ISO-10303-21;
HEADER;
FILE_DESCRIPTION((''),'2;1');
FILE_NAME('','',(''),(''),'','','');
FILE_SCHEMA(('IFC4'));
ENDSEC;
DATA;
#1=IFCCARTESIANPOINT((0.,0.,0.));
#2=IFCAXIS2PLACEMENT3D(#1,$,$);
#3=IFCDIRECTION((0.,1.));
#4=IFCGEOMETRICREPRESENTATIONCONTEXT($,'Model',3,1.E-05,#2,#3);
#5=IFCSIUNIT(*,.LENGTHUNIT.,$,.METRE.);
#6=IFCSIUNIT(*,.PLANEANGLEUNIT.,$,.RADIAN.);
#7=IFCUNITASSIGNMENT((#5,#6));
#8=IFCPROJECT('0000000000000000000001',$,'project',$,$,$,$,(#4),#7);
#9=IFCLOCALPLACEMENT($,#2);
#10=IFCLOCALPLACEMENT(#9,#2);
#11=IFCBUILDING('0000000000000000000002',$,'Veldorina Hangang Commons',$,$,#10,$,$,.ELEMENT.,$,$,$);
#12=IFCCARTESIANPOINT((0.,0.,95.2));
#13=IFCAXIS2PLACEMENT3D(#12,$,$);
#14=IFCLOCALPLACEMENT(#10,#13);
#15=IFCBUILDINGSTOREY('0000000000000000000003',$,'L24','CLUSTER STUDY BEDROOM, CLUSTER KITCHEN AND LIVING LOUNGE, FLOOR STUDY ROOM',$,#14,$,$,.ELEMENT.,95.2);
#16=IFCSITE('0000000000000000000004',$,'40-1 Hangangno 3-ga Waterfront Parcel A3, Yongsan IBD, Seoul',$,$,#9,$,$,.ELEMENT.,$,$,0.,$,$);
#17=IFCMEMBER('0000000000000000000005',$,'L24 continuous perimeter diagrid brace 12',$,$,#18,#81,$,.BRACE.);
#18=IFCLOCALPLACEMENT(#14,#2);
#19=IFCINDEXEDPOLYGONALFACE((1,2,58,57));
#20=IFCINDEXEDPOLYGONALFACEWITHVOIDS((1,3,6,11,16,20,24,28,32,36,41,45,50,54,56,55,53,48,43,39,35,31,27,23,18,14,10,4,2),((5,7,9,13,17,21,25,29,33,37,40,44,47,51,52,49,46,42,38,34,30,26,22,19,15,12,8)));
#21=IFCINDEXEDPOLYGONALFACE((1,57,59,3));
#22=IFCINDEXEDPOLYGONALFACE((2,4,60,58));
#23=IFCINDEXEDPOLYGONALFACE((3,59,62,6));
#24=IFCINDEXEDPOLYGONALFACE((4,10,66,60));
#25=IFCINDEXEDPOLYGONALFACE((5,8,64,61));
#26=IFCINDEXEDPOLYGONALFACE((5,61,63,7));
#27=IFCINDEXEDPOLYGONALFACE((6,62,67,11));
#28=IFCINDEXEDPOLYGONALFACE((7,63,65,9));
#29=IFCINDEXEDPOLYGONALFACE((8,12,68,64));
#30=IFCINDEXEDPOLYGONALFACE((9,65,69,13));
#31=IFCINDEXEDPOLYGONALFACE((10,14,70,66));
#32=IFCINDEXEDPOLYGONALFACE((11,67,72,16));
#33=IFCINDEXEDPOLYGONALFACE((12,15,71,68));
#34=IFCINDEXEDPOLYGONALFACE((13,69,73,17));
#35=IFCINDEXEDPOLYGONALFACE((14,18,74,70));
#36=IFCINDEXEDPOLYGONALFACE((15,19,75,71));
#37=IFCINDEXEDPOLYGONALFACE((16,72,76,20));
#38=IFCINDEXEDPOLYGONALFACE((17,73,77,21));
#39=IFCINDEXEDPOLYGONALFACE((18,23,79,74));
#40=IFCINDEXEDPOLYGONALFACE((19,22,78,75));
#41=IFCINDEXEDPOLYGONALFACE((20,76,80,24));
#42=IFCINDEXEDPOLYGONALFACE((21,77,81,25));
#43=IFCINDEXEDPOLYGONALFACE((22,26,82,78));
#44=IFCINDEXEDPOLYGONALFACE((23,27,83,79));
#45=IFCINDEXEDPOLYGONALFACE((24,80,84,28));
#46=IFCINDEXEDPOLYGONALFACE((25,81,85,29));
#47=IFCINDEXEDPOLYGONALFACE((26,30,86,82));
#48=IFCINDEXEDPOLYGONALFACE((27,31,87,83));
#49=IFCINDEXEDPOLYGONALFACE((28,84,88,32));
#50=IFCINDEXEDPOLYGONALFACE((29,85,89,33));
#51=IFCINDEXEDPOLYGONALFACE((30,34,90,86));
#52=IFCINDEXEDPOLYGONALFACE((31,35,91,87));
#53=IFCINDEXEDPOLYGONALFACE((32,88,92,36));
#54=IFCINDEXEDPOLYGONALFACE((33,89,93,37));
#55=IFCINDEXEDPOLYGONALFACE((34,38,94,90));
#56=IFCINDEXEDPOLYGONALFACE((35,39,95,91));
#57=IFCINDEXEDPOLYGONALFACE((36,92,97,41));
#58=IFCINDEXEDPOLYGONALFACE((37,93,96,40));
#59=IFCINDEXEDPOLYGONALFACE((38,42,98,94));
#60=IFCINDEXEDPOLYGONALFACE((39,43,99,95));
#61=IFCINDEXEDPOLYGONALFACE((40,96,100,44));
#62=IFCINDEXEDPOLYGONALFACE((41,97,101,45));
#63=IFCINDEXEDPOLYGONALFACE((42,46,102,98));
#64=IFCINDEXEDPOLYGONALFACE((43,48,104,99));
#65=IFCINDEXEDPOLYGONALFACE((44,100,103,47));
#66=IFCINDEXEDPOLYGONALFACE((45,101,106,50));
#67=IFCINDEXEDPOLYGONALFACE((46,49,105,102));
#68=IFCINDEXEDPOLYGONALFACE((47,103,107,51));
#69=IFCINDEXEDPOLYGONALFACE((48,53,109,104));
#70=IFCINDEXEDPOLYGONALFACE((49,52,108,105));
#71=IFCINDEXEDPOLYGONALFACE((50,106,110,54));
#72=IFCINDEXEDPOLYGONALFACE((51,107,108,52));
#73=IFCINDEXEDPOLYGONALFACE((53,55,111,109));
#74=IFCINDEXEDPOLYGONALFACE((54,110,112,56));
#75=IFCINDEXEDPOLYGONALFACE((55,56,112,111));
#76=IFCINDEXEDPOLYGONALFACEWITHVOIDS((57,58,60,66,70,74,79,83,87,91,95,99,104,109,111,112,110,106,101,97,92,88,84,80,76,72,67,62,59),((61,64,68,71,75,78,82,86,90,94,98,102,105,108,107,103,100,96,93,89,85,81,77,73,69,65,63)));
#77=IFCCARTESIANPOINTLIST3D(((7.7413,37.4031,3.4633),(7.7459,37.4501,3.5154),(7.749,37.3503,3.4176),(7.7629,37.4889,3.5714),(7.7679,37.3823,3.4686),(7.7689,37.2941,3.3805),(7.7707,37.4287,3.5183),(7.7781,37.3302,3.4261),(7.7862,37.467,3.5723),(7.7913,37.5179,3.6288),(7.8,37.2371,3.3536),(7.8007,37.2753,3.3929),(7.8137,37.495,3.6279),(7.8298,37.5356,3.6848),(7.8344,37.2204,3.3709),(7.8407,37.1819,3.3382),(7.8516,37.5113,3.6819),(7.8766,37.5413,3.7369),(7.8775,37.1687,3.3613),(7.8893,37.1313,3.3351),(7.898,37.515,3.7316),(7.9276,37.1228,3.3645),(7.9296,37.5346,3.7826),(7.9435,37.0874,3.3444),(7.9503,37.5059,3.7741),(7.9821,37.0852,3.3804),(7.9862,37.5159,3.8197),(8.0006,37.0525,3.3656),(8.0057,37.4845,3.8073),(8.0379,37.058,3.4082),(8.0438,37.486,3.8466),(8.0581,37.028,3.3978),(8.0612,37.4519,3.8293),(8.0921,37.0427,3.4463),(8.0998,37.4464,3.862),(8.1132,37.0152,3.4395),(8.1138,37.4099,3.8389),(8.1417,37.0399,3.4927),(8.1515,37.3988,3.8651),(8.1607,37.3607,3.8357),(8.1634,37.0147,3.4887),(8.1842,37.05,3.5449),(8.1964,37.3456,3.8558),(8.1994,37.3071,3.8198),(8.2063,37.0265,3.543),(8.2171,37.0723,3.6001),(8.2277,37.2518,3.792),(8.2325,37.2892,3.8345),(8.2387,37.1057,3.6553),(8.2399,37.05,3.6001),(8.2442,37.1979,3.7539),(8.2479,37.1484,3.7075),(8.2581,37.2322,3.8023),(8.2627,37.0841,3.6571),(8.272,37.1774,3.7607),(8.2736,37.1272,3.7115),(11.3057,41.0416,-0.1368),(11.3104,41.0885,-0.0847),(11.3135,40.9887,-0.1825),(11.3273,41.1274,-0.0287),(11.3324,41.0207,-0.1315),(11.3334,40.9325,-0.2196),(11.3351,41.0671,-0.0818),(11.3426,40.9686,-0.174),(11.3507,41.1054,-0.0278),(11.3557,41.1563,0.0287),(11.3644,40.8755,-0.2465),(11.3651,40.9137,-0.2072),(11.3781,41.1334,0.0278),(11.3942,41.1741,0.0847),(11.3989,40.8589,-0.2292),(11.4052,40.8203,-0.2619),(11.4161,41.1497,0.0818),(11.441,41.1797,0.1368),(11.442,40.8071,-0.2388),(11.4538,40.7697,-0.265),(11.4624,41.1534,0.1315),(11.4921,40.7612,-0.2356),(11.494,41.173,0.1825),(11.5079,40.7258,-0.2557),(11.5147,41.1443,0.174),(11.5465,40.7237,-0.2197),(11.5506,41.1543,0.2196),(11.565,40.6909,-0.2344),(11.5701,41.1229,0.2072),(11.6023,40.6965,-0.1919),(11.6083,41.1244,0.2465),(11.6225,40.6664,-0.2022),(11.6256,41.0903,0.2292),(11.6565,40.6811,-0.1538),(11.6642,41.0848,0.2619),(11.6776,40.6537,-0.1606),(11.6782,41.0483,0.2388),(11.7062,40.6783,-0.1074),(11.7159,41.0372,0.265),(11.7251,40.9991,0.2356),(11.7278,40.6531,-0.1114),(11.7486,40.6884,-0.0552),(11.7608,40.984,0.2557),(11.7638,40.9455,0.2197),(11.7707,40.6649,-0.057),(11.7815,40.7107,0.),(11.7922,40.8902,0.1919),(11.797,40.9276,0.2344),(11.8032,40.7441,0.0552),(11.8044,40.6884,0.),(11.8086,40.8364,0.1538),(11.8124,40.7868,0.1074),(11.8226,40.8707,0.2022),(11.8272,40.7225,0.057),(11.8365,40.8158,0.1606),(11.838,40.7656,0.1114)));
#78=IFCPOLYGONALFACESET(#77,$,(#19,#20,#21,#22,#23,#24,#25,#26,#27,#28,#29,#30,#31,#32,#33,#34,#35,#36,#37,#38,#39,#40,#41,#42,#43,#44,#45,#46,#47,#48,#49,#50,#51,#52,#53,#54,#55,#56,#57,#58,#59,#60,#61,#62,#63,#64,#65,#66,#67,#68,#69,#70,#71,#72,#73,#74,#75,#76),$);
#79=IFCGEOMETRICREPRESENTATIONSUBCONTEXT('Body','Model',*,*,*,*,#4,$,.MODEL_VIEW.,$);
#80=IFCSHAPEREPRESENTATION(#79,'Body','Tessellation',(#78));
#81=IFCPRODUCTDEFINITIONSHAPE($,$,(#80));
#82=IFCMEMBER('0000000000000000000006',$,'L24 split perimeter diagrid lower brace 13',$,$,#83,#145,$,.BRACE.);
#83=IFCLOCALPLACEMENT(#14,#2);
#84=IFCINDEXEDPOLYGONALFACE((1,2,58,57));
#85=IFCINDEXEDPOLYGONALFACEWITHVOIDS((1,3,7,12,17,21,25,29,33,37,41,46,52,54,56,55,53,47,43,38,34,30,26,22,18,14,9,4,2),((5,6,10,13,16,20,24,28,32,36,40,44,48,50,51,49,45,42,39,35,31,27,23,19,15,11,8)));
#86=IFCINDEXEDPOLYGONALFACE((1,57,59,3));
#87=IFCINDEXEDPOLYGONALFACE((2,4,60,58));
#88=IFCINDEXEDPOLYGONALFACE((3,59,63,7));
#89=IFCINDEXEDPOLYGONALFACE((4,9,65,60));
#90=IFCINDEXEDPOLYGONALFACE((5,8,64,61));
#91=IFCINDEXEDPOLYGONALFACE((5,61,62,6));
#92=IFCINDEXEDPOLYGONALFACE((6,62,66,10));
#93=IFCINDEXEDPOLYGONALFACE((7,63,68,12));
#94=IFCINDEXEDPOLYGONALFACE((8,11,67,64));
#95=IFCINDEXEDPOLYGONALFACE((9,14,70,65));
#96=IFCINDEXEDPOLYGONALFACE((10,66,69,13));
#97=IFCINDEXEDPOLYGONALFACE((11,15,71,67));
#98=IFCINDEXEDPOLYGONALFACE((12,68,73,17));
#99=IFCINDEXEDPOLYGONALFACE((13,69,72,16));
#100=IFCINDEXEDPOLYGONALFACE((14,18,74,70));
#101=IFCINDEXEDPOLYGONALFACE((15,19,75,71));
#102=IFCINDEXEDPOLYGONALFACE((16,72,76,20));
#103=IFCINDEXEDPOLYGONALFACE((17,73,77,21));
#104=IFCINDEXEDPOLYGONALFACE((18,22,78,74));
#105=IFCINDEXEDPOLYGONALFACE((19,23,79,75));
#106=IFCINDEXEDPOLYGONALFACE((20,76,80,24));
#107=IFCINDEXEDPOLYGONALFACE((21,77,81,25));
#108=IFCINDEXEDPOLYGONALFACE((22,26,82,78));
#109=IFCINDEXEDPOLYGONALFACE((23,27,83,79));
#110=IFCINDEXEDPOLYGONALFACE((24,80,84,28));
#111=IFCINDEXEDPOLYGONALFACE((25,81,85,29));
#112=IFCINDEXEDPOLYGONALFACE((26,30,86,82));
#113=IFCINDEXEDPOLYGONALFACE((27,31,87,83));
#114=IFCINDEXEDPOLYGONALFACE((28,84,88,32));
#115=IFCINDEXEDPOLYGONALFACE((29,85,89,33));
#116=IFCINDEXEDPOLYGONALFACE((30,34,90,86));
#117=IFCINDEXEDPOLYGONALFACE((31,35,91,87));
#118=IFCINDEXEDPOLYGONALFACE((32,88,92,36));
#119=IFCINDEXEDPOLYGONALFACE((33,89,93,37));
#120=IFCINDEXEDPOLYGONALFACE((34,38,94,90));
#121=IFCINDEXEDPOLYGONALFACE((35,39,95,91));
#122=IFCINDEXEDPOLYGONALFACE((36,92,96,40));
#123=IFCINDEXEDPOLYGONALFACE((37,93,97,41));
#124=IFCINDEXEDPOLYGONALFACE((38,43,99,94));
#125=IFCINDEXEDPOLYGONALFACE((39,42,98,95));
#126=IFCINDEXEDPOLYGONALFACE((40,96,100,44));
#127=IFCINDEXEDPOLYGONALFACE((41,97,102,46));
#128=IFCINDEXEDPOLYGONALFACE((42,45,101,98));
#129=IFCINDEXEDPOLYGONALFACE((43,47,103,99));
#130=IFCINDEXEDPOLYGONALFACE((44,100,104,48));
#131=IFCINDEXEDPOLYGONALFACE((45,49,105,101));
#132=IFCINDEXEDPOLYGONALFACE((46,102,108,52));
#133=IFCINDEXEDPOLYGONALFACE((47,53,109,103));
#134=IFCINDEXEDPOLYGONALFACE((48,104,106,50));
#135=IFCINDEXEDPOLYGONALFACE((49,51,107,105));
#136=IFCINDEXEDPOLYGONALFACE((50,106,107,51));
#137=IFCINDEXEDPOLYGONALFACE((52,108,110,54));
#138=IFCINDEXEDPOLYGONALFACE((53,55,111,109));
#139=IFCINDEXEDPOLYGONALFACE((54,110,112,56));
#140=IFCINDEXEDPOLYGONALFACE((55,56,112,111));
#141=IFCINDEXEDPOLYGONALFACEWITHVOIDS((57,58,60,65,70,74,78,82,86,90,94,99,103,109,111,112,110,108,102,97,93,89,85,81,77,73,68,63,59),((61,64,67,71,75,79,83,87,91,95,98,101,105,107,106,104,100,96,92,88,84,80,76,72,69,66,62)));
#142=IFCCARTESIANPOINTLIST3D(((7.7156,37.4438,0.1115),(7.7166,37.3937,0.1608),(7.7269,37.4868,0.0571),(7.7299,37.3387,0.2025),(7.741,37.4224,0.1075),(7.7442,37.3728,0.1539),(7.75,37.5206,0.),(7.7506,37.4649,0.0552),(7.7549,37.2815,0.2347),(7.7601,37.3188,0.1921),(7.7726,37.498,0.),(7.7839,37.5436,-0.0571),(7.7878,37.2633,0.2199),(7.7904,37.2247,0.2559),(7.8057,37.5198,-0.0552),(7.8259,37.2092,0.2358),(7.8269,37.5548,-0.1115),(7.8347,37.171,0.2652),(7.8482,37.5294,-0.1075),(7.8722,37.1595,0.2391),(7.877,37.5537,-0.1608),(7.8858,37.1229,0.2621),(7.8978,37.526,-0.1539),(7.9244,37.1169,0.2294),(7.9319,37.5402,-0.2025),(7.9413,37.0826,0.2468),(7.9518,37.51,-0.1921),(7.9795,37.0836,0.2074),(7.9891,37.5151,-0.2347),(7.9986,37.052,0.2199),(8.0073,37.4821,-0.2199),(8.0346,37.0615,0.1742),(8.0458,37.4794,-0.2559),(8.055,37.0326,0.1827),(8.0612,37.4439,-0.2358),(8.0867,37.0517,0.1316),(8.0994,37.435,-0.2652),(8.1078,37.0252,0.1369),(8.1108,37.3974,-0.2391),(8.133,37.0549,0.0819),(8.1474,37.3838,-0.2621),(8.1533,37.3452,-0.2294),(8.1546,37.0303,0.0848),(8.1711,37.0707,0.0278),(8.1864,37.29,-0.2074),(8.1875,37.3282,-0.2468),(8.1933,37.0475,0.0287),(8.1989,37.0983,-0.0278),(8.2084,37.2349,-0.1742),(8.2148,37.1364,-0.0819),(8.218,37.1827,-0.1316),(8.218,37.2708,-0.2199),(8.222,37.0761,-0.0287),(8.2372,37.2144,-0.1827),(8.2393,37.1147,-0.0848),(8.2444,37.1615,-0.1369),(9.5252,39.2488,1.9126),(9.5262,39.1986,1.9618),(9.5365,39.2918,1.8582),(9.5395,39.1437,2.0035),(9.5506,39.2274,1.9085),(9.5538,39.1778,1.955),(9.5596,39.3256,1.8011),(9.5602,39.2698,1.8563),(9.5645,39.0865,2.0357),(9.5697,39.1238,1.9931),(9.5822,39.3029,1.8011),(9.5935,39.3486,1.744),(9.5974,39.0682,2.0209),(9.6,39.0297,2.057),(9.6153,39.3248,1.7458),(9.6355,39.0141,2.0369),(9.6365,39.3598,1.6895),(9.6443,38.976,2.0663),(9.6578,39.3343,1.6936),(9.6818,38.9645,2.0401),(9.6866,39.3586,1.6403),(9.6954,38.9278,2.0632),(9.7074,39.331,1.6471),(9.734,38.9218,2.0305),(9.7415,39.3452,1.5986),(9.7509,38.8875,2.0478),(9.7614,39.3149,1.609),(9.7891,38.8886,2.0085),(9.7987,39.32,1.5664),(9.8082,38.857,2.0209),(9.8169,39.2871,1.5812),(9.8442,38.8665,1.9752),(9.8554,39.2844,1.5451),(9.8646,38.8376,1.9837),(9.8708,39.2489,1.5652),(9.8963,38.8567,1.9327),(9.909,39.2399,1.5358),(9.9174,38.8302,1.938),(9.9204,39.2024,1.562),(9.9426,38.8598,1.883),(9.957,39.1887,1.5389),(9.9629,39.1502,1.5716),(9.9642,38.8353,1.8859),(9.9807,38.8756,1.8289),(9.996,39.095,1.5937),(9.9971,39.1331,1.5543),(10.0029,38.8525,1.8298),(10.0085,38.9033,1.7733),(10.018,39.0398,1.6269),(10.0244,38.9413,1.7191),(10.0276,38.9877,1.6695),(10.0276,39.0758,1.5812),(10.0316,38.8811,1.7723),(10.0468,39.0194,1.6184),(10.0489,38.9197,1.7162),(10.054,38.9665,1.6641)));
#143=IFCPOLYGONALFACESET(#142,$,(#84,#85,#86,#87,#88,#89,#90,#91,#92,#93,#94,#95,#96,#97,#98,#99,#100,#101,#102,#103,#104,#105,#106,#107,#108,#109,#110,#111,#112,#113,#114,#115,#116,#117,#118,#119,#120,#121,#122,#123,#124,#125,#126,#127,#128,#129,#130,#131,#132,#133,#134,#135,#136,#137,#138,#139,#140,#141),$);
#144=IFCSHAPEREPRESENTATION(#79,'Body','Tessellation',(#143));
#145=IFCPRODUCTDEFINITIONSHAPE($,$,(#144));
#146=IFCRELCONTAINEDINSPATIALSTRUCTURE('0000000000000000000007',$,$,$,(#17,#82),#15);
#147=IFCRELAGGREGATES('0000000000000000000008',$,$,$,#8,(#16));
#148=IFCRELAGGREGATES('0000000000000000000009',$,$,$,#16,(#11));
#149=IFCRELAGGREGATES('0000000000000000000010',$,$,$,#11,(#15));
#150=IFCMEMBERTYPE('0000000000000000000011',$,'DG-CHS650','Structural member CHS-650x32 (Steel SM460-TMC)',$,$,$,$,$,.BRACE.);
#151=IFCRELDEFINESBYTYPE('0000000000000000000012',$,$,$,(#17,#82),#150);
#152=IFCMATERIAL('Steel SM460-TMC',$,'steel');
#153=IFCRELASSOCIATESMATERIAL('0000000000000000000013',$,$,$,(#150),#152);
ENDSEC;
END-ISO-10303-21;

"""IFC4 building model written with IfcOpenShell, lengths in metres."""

from ifc_helpers import new_model, si_unit, direction, frame, origin, origin_2d, place, context, subcontext, project, spatial, hollow_circle, extrude, material, material_profile, profile_set, type_object, element, save


model = new_model("IFC4")

# Units and contexts
model_context = context("Model", 3, precision=1e-05, world=origin(), true_north=direction((0.0, 1.0)))
body_context = subcontext(model_context, "Body", "Model", "MODEL_VIEW")
ifc_project = project(units=[si_unit("LENGTHUNIT", "METRE"), si_unit("PLANEANGLEUNIT", "RADIAN")], contexts=[model_context])

# Site, building, storey
site_placement = place(None, origin())
site = spatial("IfcSite", under=ifc_project, at=site_placement, Name="40-1 Hangangno 3-ga Waterfront Parcel A3, Yongsan IBD, Seoul", CompositionType="ELEMENT", RefElevation=0.0)
building_placement = place(site_placement, origin())
building = spatial("IfcBuilding", under=site, at=building_placement, Name="Veldorina Hangang Commons", CompositionType="ELEMENT")
storey_placement = place(building_placement, frame((0.0, 0.0, 95.2)))
storey = spatial("IfcBuildingStorey", under=building, at=storey_placement, Name="L24", Description="CLUSTER STUDY BEDROOM, CLUSTER KITCHEN AND LIVING LOUNGE, FLOOR STUDY ROOM", CompositionType="ELEMENT", Elevation=95.2)

# Members
ifc_material_1 = material(Name="Steel SM460-TMC", Category="steel")
ifc_material_profile_1 = material_profile(ifc_material_1, hollow_circle(Radius=0.325, WallThickness=0.032, at=origin_2d()), Name="CHS-650x32")
ifc_profile_set_1 = profile_set([ifc_material_profile_1], Name="Steel SM460-TMC")
member_type = type_object("IfcMemberType", Name="DG-CHS650", Description="Structural member CHS-650x32 (Steel SM460-TMC)", PredefinedType="BRACE", material=ifc_profile_set_1)
member_1_placement = place(storey_placement, frame((11.5723, 40.9158, 0.0), z_axis=(-0.571472, -0.583332, 0.577186), x_axis=(0.714331, -0.699808, 0.0)))
element("IfcMember", 1, at=member_1_placement, inside=storey, type_object=member_type, Name="L24 continuous perimeter diagrid brace 12", PredefinedType="BRACE", context=body_context, shape_type="SweptSolid", body=[
    extrude(hollow_circle(Radius=0.325, WallThickness=0.032, at=origin_2d()), origin(), (0.0, 0.0, 1.0), 6.2373),
])
member_2_placement = place(storey_placement, frame((7.9795, 37.2905, 0.0), z_axis=(0.578755, 0.577271, 0.576022), x_axis=(-0.706199, 0.708014, 0.0)))
element("IfcMember", 2, at=member_2_placement, inside=storey, type_object=member_type, Name="L24 split perimeter diagrid lower brace 13", PredefinedType="BRACE", context=body_context, shape_type="SweptSolid", body=[
    extrude(hollow_circle(Radius=0.325, WallThickness=0.032, at=origin_2d()), origin(), (0.0, 0.0, 1.0), 3.1267),
])

save(model, "model.ifc")
